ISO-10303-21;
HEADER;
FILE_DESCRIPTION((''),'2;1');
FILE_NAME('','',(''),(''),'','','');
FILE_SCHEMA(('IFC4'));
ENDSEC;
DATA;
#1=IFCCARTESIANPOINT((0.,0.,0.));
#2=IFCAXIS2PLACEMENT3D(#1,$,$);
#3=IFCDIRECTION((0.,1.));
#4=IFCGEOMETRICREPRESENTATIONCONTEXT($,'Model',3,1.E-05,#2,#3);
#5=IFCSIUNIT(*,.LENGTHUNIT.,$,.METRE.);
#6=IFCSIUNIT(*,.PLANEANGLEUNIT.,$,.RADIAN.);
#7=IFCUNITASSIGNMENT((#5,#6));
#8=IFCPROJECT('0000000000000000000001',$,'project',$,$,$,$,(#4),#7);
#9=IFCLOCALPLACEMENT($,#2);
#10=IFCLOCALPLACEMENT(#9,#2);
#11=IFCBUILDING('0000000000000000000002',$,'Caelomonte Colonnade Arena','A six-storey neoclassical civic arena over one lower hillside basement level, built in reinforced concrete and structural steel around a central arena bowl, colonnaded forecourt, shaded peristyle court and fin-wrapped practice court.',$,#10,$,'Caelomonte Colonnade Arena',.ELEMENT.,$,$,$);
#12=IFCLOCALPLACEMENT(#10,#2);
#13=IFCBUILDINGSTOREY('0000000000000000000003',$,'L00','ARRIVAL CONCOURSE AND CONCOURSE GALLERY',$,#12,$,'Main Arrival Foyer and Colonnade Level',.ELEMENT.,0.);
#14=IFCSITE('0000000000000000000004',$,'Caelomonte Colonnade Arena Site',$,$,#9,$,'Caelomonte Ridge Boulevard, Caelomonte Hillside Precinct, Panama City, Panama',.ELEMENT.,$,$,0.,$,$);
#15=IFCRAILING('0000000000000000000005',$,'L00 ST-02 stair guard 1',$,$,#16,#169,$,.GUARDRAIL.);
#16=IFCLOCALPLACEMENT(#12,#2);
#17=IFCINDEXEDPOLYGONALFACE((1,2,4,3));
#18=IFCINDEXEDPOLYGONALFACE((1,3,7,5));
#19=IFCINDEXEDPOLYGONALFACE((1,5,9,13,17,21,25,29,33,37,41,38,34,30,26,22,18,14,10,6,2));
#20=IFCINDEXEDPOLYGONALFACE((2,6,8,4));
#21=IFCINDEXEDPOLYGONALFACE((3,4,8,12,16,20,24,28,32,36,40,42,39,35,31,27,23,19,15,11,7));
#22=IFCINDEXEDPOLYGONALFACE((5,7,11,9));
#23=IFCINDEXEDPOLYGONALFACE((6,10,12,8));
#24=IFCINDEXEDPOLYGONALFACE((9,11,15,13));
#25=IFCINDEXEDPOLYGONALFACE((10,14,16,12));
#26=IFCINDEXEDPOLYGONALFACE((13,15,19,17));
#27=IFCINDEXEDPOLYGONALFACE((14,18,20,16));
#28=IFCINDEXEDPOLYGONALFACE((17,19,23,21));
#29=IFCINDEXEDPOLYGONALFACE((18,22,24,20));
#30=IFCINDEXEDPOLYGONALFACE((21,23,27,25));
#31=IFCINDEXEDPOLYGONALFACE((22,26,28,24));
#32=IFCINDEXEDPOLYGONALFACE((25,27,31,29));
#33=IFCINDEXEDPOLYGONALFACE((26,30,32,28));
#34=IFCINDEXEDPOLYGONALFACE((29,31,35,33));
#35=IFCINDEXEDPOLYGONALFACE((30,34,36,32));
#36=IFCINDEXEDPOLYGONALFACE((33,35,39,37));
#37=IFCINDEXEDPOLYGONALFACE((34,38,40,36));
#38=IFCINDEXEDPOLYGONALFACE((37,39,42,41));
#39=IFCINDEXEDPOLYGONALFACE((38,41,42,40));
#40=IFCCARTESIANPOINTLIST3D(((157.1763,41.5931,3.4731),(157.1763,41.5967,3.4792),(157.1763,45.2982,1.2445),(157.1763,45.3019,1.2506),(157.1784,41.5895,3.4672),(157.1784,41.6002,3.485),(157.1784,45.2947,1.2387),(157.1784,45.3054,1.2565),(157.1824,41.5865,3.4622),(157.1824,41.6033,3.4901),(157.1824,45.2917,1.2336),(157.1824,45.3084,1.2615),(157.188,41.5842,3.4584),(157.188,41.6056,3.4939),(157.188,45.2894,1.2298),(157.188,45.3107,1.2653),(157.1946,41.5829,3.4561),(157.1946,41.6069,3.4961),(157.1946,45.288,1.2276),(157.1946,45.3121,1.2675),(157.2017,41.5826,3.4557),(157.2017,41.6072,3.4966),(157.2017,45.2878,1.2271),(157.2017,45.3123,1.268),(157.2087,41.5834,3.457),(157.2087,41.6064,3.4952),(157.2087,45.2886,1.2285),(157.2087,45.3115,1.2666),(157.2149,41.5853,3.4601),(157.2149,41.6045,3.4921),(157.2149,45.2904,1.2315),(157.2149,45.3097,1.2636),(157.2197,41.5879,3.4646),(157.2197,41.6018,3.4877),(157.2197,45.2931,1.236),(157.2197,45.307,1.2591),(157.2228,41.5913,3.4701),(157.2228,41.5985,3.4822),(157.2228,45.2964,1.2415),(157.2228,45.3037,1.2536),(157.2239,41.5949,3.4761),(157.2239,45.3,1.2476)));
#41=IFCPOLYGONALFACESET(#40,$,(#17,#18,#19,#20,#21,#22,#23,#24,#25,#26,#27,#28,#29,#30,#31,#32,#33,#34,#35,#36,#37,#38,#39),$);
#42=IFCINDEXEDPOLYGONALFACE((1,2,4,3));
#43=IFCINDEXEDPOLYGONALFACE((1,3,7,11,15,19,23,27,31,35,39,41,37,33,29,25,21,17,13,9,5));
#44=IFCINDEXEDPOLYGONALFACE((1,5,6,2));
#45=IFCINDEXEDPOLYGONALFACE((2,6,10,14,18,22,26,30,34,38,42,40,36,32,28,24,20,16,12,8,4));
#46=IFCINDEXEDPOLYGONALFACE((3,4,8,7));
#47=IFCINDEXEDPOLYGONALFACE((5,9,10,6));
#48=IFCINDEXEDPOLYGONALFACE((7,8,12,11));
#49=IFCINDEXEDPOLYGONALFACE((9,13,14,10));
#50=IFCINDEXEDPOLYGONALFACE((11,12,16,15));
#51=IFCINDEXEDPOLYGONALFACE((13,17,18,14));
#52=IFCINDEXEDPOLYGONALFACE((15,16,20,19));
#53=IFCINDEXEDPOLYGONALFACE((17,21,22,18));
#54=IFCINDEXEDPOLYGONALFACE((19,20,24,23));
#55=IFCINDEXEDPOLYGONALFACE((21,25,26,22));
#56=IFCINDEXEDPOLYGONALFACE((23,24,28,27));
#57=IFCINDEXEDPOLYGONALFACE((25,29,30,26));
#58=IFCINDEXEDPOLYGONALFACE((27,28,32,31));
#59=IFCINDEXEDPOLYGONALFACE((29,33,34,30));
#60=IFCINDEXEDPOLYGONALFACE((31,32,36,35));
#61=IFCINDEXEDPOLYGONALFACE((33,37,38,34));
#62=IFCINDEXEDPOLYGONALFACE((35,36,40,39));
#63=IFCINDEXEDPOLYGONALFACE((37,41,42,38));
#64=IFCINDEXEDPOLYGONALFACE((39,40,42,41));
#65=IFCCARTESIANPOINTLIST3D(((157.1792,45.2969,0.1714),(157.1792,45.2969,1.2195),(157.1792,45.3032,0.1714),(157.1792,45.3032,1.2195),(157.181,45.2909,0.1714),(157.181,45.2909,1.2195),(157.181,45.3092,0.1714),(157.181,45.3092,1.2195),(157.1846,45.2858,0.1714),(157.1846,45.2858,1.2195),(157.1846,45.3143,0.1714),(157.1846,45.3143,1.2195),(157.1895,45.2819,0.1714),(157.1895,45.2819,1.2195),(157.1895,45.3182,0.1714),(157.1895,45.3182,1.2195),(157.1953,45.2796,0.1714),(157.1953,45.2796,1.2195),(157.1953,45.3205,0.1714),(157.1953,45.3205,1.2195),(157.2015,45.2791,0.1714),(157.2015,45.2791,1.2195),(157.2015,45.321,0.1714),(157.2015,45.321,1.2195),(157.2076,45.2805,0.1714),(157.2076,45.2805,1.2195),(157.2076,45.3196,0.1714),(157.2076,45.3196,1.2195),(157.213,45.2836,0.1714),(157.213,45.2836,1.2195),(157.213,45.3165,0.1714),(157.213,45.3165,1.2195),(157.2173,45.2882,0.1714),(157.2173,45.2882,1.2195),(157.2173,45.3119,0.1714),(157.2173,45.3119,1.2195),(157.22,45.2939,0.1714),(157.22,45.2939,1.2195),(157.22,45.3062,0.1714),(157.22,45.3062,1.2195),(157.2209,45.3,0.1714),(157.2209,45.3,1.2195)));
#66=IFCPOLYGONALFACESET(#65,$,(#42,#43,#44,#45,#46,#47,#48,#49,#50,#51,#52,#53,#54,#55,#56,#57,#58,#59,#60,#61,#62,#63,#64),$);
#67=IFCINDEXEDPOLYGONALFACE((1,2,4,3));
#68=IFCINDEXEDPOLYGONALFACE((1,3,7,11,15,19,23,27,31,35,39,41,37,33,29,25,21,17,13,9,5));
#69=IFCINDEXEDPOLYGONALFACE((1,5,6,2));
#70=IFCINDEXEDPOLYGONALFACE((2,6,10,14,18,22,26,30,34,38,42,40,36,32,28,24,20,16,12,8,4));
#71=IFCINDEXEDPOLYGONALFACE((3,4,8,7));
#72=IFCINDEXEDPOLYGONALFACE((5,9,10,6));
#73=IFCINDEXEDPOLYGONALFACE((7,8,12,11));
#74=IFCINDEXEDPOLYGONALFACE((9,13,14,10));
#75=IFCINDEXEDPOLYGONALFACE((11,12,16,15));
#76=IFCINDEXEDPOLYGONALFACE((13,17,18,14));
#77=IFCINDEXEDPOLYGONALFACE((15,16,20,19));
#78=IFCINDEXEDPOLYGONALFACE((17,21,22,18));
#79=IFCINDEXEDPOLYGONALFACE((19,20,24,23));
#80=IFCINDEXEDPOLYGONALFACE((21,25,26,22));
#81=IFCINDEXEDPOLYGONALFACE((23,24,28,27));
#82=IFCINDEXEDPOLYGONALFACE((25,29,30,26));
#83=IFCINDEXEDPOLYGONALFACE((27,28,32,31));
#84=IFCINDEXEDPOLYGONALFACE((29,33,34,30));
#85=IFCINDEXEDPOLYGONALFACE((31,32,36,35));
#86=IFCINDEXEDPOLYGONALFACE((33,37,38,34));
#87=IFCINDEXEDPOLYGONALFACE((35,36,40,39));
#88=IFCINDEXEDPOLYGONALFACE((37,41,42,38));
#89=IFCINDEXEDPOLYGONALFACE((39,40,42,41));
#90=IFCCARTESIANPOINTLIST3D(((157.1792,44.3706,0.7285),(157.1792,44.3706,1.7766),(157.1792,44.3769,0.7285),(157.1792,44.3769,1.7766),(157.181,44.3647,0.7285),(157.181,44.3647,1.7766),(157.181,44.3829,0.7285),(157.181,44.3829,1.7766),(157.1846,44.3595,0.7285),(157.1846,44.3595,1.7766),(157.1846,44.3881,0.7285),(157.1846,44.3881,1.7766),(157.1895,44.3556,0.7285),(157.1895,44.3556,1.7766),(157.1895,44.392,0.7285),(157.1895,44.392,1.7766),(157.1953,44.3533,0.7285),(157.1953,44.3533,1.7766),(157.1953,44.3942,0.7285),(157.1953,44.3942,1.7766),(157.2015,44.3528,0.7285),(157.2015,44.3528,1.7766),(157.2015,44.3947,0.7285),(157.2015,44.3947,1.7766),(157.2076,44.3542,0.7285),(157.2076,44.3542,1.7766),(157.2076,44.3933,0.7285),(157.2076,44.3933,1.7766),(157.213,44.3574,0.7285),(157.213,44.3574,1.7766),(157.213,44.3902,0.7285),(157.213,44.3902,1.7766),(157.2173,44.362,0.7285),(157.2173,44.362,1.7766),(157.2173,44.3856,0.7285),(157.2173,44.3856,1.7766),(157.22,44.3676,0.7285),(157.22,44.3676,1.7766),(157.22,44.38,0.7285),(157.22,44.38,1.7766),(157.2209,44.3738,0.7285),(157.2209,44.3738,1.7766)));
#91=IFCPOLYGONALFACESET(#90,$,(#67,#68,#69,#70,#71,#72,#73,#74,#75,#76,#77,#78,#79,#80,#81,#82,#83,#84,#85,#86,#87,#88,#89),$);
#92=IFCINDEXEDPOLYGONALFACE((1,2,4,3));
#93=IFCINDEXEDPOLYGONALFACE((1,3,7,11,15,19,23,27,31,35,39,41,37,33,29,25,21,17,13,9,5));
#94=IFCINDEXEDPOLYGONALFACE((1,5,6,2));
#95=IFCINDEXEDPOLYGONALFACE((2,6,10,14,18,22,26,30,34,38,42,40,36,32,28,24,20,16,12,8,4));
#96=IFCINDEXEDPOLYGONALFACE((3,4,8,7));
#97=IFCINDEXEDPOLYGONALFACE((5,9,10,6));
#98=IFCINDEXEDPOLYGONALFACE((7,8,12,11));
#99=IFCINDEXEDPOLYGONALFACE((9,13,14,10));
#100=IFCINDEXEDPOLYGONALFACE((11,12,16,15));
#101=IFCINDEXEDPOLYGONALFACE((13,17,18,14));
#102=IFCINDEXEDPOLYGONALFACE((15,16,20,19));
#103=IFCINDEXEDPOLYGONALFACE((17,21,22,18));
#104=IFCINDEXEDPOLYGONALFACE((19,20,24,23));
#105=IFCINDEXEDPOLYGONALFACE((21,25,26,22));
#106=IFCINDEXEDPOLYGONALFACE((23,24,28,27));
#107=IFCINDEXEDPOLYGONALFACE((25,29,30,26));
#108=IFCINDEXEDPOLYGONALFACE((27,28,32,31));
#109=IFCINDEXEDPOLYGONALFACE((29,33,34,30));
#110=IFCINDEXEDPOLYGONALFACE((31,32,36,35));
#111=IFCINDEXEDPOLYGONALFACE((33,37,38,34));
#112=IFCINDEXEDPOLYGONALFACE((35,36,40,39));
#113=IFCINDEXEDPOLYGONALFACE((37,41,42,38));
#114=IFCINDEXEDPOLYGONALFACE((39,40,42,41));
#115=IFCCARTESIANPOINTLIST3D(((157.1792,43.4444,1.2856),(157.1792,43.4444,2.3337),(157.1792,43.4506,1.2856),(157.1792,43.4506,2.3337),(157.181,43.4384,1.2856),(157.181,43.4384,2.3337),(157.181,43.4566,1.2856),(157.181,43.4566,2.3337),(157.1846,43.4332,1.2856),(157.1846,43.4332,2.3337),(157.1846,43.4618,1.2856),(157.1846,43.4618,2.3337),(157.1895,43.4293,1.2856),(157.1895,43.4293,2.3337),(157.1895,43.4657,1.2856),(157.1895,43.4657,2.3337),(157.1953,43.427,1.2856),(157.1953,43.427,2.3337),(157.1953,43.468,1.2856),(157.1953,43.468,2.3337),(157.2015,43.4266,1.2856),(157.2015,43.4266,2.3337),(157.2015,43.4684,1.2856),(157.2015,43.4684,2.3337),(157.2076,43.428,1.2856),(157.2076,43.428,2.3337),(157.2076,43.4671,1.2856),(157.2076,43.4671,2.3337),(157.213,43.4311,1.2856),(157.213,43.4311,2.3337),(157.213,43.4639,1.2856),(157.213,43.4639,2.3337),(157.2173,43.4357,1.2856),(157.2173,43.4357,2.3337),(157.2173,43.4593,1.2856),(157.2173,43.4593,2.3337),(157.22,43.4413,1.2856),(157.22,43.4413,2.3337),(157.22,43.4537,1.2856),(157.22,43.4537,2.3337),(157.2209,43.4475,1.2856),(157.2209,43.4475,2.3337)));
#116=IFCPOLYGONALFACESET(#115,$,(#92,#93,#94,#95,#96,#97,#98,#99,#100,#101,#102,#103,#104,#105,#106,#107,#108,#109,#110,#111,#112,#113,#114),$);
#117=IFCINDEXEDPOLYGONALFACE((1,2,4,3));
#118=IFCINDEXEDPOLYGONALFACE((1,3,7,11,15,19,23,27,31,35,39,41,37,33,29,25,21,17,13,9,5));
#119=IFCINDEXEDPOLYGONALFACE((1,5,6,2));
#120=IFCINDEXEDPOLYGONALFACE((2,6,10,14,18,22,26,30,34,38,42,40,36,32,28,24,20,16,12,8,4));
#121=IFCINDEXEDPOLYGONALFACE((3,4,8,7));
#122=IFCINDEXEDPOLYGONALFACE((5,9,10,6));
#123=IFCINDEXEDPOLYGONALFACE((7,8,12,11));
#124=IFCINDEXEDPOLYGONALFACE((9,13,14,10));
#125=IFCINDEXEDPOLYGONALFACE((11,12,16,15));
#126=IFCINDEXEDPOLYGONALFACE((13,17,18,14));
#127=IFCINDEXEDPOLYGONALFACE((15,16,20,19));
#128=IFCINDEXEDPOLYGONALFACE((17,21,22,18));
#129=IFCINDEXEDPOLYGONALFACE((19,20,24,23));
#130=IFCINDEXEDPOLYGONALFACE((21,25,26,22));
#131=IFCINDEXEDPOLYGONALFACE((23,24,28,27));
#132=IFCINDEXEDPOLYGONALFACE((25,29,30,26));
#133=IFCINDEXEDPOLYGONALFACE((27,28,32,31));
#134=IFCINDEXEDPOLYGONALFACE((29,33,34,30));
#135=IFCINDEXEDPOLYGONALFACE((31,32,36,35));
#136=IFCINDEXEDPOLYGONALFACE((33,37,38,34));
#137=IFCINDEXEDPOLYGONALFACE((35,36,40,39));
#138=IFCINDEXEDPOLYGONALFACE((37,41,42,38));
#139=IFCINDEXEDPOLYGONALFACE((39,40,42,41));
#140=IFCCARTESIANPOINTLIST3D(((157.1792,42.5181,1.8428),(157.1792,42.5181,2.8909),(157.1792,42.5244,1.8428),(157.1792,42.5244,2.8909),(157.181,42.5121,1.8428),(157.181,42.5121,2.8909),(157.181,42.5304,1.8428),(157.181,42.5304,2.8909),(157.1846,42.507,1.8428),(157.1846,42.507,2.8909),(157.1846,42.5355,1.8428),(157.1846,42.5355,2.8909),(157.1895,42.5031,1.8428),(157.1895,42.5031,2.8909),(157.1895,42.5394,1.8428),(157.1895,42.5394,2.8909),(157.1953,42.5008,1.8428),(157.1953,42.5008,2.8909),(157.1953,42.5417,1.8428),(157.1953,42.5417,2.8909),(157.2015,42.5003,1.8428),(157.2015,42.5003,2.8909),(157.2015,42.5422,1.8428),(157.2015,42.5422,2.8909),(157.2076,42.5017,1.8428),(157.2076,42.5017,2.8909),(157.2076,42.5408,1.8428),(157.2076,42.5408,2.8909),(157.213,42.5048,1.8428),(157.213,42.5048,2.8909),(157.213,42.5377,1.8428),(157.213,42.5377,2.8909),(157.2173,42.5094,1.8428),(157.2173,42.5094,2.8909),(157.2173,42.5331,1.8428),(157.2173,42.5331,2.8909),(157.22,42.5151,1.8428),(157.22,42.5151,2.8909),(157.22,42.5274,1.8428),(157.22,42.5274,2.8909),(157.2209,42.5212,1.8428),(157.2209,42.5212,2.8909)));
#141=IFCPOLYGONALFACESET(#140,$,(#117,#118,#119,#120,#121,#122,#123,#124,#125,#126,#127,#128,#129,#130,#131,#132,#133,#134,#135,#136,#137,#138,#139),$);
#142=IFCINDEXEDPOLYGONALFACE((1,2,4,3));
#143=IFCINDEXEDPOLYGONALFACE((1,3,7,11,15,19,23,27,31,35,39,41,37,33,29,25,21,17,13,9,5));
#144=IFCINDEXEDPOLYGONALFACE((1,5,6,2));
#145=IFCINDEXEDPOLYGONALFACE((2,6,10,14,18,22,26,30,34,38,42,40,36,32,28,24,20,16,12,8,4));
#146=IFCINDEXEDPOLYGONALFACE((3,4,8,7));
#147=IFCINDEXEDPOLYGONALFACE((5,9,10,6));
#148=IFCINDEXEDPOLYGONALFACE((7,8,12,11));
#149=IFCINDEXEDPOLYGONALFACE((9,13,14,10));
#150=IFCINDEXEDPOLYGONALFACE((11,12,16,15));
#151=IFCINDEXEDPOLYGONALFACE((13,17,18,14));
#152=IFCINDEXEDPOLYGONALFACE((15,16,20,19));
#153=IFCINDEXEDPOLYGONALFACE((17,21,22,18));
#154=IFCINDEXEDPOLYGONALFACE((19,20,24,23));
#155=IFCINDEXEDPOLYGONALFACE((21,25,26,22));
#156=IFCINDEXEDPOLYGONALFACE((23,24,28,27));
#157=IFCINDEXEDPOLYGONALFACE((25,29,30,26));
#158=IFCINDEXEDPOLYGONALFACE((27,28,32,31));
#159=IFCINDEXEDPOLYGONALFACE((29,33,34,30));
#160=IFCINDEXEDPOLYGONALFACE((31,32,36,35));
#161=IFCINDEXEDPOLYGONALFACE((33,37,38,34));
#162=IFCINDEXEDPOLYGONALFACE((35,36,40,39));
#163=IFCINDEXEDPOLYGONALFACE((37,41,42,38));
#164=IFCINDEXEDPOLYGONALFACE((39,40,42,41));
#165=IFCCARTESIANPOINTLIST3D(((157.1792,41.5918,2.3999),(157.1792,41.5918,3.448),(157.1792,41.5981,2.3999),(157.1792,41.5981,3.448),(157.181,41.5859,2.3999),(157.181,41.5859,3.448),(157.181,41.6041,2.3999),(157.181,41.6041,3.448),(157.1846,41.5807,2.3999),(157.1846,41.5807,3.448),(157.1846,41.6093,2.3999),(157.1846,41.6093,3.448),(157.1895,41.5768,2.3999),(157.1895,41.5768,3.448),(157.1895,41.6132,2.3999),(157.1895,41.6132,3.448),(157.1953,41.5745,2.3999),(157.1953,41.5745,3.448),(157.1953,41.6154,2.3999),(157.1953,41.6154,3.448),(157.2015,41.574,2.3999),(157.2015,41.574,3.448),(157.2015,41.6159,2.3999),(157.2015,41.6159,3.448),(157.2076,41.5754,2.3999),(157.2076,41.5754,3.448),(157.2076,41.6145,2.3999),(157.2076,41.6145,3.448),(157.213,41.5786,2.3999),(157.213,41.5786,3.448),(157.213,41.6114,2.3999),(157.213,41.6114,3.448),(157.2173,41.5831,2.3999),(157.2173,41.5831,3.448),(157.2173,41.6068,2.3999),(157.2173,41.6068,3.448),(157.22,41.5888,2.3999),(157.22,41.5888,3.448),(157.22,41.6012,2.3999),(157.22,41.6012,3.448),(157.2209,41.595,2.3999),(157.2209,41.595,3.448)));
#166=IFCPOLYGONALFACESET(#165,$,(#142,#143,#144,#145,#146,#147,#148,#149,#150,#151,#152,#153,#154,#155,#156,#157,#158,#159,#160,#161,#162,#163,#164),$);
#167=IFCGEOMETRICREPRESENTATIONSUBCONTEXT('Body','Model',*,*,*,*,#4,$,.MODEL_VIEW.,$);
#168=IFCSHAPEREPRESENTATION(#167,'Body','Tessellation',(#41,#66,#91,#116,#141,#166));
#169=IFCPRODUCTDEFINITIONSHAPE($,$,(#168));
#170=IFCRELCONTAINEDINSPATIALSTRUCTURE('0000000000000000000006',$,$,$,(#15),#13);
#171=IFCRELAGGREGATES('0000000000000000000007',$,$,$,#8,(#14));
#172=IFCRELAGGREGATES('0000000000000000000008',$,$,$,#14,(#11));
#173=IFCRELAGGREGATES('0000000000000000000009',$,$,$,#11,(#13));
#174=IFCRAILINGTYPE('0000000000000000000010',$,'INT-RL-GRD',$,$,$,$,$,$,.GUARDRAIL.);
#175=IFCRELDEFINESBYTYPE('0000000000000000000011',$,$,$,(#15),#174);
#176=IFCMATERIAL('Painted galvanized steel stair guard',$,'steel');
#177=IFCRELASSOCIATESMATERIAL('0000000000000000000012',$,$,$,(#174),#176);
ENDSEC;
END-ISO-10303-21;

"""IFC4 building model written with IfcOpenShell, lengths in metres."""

from ifc_helpers import new_model, si_unit, direction, frame, origin, origin_2d, place, context, subcontext, project, spatial, circle, extrude, material, type_object, element, save


model = new_model("IFC4")

# Units and contexts
model_context = context("Model", 3, precision=1e-05, world=origin(), true_north=direction((0.0, 1.0)))
body_context = subcontext(model_context, "Body", "Model", "MODEL_VIEW")
ifc_project = project(units=[si_unit("LENGTHUNIT", "METRE"), si_unit("PLANEANGLEUNIT", "RADIAN")], contexts=[model_context])

# Site, building, storey
site_placement = place(None, origin())
site = spatial("IfcSite", under=ifc_project, at=site_placement, Name="Caelomonte Colonnade Arena Site", LongName="Caelomonte Ridge Boulevard, Caelomonte Hillside Precinct, Panama City, Panama", CompositionType="ELEMENT", RefElevation=0.0)
building_placement = place(site_placement, origin())
building = spatial("IfcBuilding", under=site, at=building_placement, Name="Caelomonte Colonnade Arena", Description="A six-storey neoclassical civic arena over one lower hillside basement level, built in reinforced concrete and structural steel around a central arena bowl, colonnaded forecourt, shaded peristyle court and fin-wrapped practice court.", LongName="Caelomonte Colonnade Arena", CompositionType="ELEMENT")
storey_placement = place(building_placement, origin())
storey = spatial("IfcBuildingStorey", under=building, at=storey_placement, Name="L00", Description="ARRIVAL CONCOURSE AND CONCOURSE GALLERY", LongName="Main Arrival Foyer and Colonnade Level", CompositionType="ELEMENT", Elevation=0.0)

# Railing
ifc_material_1 = material(Name="Painted galvanized steel stair guard", Category="steel")
railing_type_1 = type_object("IfcRailingType", Name="INT-RL-GRD", PredefinedType="GUARDRAIL", material=ifc_material_1)
railing_1_placement = place(storey_placement, frame((157.2, 45.3, 0.1714)))
element("IfcRailing", 1, at=railing_1_placement, inside=storey, type_object=railing_type_1, Name="L00 ST-02 stair guard 1", PredefinedType="GUARDRAIL", context=body_context, shape_type="SweptSolid", body=[
    extrude(circle(Radius=0.0239, at=origin_2d()), frame((0.0, 0.0, 1.0762), z_axis=(0.0, -0.856934, 0.515425), x_axis=(1.0, 0.0, 0.0)), (0.0, 0.0, 1.0), 4.3237),
    extrude(circle(Radius=0.021, at=origin_2d()), origin(), (0.0, 0.0, 1.0), 1.0481),
    extrude(circle(Radius=0.021, at=origin_2d()), frame((0.0, -0.9263, 0.5571)), (0.0, 0.0, 1.0), 1.0481),
    extrude(circle(Radius=0.021, at=origin_2d()), frame((0.0, -1.8525, 1.1143)), (0.0, 0.0, 1.0), 1.0481),
    extrude(circle(Radius=0.021, at=origin_2d()), frame((0.0, -2.7788, 1.6714)), (0.0, 0.0, 1.0), 1.0481),
    extrude(circle(Radius=0.021, at=origin_2d()), frame((0.0, -3.7051, 2.2285)), (0.0, 0.0, 1.0), 1.0481),
])

save(model, "model.ifc")
